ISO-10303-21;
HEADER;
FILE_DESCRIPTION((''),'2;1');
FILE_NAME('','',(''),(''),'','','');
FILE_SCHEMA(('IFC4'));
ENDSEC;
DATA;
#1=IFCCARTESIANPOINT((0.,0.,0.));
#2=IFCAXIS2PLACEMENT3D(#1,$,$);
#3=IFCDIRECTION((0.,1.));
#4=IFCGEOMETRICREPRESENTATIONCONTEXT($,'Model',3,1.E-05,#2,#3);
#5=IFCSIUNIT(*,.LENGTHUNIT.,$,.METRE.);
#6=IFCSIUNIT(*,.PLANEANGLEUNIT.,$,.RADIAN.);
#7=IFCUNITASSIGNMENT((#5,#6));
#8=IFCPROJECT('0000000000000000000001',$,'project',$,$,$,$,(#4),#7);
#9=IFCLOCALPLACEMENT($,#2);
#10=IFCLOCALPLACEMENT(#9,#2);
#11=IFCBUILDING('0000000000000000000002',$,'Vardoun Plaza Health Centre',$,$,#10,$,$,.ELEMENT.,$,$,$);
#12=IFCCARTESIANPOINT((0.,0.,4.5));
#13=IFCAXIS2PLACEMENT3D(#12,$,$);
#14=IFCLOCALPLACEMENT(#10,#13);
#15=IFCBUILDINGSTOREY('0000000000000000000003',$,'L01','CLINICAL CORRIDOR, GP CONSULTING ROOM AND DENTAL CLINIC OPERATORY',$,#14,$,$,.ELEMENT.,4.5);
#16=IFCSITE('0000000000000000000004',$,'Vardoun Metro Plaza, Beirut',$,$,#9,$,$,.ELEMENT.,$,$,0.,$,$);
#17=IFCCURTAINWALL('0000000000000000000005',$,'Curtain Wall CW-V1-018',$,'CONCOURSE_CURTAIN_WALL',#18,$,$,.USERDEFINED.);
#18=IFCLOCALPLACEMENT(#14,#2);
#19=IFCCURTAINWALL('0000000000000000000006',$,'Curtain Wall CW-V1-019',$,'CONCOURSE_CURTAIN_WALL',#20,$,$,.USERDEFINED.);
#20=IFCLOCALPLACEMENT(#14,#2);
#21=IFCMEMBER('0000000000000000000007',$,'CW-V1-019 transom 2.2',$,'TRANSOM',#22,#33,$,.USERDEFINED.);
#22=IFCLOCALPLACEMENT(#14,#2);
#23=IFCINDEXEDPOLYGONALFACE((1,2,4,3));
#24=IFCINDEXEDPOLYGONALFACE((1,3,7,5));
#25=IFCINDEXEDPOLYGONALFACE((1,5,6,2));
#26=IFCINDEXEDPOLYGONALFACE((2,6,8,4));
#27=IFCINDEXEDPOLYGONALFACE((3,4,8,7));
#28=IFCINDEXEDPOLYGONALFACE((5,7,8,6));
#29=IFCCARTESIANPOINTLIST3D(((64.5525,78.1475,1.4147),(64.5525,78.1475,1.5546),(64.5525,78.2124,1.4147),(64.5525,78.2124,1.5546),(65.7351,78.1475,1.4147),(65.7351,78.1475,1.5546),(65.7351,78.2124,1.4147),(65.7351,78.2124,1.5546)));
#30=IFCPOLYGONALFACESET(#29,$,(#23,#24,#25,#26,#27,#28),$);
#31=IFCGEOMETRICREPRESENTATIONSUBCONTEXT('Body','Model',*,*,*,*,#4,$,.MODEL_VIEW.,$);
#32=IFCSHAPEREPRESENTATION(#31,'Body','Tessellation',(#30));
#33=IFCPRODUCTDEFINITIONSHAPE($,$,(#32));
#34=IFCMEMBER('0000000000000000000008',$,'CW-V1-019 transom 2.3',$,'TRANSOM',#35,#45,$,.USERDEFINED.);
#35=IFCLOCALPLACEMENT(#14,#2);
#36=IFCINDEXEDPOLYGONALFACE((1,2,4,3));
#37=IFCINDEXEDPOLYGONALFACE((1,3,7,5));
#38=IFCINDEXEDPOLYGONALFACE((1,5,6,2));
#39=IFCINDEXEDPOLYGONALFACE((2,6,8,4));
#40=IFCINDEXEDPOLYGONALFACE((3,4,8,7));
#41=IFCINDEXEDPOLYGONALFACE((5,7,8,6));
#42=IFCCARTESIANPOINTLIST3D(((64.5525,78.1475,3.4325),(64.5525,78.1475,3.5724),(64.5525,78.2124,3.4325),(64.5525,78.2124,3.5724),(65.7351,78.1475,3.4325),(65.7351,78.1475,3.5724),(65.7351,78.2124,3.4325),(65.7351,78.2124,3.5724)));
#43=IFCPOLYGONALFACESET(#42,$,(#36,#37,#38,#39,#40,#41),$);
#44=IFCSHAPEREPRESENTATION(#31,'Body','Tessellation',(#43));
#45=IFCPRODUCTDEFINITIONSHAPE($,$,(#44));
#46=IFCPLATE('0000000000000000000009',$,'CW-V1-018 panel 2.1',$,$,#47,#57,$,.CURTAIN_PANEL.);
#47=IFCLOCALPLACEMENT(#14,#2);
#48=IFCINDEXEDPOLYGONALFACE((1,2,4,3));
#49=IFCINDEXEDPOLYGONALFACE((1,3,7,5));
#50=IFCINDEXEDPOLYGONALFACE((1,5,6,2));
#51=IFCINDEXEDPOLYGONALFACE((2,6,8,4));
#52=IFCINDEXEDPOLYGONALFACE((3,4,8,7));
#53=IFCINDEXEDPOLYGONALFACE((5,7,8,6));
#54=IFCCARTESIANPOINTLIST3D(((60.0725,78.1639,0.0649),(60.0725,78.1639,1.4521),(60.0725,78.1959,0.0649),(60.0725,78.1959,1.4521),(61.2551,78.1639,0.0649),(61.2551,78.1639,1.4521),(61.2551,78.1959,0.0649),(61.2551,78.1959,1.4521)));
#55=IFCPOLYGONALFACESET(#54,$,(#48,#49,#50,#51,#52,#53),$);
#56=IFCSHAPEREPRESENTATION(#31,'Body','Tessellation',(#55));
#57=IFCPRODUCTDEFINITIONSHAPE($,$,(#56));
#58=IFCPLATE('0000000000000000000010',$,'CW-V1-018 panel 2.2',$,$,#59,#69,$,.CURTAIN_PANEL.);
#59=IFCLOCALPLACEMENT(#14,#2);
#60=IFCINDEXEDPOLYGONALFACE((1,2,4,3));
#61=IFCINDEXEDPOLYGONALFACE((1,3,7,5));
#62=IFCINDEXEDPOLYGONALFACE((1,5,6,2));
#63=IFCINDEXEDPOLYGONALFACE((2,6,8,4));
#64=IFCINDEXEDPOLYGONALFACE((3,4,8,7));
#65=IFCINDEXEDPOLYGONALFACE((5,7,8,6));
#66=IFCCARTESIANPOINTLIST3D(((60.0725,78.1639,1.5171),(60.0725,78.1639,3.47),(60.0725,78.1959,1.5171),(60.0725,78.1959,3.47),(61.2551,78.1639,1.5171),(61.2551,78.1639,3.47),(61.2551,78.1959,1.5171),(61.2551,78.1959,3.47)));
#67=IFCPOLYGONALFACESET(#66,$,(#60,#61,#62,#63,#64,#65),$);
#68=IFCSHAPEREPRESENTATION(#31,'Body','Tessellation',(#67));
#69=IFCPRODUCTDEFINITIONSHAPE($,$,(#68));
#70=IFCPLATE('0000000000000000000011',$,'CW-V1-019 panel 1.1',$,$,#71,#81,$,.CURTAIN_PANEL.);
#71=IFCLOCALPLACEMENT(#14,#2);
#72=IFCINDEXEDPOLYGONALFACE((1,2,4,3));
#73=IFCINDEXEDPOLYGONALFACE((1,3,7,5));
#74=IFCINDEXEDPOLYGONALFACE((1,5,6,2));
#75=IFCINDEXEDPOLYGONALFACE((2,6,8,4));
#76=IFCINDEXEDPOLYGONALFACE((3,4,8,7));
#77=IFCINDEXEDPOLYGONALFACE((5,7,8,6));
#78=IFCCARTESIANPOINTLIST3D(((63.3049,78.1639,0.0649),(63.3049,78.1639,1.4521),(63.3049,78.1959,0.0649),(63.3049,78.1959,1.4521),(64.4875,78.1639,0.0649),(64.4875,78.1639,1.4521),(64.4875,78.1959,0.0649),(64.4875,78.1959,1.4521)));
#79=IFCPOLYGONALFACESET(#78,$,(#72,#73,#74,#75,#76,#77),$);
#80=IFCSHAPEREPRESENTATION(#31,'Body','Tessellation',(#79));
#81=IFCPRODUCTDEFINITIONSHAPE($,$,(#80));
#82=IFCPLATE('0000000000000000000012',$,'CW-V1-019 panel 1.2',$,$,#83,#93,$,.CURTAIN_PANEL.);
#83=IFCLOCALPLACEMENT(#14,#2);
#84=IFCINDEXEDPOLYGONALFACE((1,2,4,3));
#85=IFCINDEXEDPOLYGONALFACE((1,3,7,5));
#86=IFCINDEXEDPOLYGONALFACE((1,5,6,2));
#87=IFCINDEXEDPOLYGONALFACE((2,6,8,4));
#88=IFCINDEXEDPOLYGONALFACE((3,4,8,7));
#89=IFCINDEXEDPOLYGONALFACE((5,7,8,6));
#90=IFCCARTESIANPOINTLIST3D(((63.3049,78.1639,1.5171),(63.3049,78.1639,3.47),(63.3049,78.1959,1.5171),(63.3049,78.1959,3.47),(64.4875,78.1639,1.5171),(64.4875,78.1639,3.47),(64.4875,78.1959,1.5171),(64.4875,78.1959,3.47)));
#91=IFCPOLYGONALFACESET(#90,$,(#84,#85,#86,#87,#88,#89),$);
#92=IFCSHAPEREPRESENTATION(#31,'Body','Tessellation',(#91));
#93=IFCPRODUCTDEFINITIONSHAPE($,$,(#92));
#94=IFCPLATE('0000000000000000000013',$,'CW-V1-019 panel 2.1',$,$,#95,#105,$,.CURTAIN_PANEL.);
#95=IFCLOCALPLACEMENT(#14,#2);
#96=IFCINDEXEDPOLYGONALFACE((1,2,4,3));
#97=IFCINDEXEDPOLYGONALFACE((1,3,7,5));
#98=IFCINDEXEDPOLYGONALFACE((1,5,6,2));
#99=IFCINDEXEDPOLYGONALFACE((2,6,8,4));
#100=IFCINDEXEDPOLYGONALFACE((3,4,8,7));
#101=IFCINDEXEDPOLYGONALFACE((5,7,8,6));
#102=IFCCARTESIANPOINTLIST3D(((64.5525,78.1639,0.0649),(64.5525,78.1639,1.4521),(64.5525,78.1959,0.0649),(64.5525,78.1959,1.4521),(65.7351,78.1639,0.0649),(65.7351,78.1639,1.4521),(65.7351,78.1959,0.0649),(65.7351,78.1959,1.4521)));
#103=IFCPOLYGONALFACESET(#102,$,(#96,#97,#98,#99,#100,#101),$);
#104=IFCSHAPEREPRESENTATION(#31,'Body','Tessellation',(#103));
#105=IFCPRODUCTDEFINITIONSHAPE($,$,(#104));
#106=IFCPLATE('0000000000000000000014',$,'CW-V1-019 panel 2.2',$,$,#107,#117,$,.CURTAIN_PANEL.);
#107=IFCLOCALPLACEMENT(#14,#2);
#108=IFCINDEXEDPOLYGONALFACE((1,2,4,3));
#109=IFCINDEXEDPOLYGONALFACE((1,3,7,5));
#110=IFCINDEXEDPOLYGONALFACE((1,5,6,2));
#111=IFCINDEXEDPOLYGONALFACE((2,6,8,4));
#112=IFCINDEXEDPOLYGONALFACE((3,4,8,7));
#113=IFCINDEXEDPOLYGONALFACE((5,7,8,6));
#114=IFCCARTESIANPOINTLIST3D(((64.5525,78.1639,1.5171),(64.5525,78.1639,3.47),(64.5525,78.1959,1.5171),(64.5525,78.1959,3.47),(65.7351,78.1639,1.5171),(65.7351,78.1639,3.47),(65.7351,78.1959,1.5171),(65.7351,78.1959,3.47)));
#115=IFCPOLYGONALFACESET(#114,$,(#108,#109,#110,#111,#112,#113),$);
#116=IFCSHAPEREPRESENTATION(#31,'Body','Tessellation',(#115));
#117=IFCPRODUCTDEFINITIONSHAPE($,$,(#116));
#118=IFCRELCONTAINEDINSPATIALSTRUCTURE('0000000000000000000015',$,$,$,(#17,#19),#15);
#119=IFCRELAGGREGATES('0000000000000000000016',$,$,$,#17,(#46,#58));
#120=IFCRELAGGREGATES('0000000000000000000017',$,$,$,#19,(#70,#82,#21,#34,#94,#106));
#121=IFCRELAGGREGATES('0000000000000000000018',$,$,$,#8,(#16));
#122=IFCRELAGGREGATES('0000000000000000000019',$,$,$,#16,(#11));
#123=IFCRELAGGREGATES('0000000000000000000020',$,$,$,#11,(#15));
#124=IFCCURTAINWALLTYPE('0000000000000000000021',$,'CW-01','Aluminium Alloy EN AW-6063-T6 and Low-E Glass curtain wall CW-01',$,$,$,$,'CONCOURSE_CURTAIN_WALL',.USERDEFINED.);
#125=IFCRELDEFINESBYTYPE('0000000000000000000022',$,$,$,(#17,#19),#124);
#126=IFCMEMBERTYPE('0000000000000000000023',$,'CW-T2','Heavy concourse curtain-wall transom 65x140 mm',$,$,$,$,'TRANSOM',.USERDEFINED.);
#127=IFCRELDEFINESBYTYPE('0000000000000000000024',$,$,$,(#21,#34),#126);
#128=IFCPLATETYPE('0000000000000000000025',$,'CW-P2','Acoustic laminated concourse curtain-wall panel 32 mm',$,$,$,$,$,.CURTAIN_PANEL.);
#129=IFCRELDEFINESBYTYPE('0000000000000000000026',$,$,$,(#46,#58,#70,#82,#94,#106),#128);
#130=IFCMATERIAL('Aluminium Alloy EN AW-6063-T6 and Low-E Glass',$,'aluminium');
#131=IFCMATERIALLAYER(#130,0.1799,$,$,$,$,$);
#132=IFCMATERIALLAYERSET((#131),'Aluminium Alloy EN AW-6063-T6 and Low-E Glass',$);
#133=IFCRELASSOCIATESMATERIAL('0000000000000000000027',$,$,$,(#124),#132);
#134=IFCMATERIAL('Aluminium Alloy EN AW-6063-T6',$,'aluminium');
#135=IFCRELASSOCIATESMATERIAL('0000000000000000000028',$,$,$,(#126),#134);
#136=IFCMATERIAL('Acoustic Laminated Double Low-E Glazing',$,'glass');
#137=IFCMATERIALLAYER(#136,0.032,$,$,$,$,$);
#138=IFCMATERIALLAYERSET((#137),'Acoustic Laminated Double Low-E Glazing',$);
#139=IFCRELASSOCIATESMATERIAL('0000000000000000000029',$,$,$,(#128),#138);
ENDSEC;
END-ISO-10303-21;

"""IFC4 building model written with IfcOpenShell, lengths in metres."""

from ifc_helpers import new_model, si_unit, direction, frame, origin, origin_2d, place, context, subcontext, project, spatial, rectangle, extrude, material, layer, layer_set, material_profile, profile_set, type_object, element, aggregate, save


model = new_model("IFC4")

# Units and contexts
model_context = context("Model", 3, precision=1e-05, world=origin(), true_north=direction((0.0, 1.0)))
body_context = subcontext(model_context, "Body", "Model", "MODEL_VIEW")
ifc_project = project(units=[si_unit("LENGTHUNIT", "METRE"), si_unit("PLANEANGLEUNIT", "RADIAN")], contexts=[model_context])

# Site, building, storey
site_placement = place(None, origin())
site = spatial("IfcSite", under=ifc_project, at=site_placement, Name="Vardoun Metro Plaza, Beirut", CompositionType="ELEMENT", RefElevation=0.0)
building_placement = place(site_placement, origin())
building = spatial("IfcBuilding", under=site, at=building_placement, Name="Vardoun Plaza Health Centre", CompositionType="ELEMENT")
storey_placement = place(building_placement, frame((0.0, 0.0, 4.5)))
storey = spatial("IfcBuildingStorey", under=building, at=storey_placement, Name="L01", Description="CLINICAL CORRIDOR, GP CONSULTING ROOM AND DENTAL CLINIC OPERATORY", CompositionType="ELEMENT", Elevation=4.5)

# Curtain walls
ifc_material_1 = material(Name="Aluminium Alloy EN AW-6063-T6 and Low-E Glass", Category="aluminium")
ifc_layer_1 = layer(ifc_material_1, 0.1799)
ifc_layer_set_1 = layer_set([ifc_layer_1], Name="Aluminium Alloy EN AW-6063-T6 and Low-E Glass")
curtain_wall_type = type_object("IfcCurtainWallType", Name="CW-01", Description="Aluminium Alloy EN AW-6063-T6 and Low-E Glass curtain wall CW-01", ElementType="CONCOURSE_CURTAIN_WALL", PredefinedType="USERDEFINED", material=ifc_layer_set_1)
curtain_wall_1_placement = place(storey_placement, origin())
curtain_wall_1 = element("IfcCurtainWall", 1, at=curtain_wall_1_placement, inside=storey, type_object=curtain_wall_type, Name="Curtain Wall CW-V1-018", ObjectType="CONCOURSE_CURTAIN_WALL", PredefinedType="USERDEFINED")
curtain_wall_2_placement = place(storey_placement, origin())
curtain_wall_2 = element("IfcCurtainWall", 2, at=curtain_wall_2_placement, inside=storey, type_object=curtain_wall_type, Name="Curtain Wall CW-V1-019", ObjectType="CONCOURSE_CURTAIN_WALL", PredefinedType="USERDEFINED")

# Members
ifc_material_2 = material(Name="Aluminium Alloy EN AW-6063-T6", Category="aluminium")
ifc_material_profile_1 = material_profile(ifc_material_2, rectangle(XDim=0.0649, YDim=0.1399, at=origin_2d()), Name="CWT 65x140")
ifc_profile_set_1 = profile_set([ifc_material_profile_1], Name="Aluminium Alloy EN AW-6063-T6")
member_type_1 = type_object("IfcMemberType", Name="CW-T2", Description="Heavy concourse curtain-wall transom 65x140 mm", ElementType="TRANSOM", PredefinedType="USERDEFINED", material=ifc_profile_set_1)
member_1_placement = place(storey_placement, frame((64.5525, 78.1799, 1.4846), z_axis=(1.0, 0.0, 0.0), x_axis=(0.0, 1.0, 0.0)))
member_1 = element("IfcMember", 3, at=member_1_placement, type_object=member_type_1, Name="CW-V1-019 transom 2.2", ObjectType="TRANSOM", PredefinedType="USERDEFINED", context=body_context, shape_type="SweptSolid", body=[
    extrude(rectangle(XDim=0.0649, YDim=0.1399, at=origin_2d()), origin(), (0.0, 0.0, 1.0), 1.1826),
])
member_2_placement = place(storey_placement, frame((64.5525, 78.1799, 3.5024), z_axis=(1.0, 0.0, 0.0), x_axis=(0.0, 1.0, 0.0)))
member_2 = element("IfcMember", 4, at=member_2_placement, type_object=member_type_1, Name="CW-V1-019 transom 2.3", ObjectType="TRANSOM", PredefinedType="USERDEFINED", context=body_context, shape_type="SweptSolid", body=[
    extrude(rectangle(XDim=0.0649, YDim=0.1399, at=origin_2d()), origin(), (0.0, 0.0, 1.0), 1.1826),
])

# Plates
ifc_material_3 = material(Name="Acoustic Laminated Double Low-E Glazing", Category="glass")
ifc_layer_2 = layer(ifc_material_3, 0.032)
ifc_layer_set_2 = layer_set([ifc_layer_2], Name="Acoustic Laminated Double Low-E Glazing")
plate_type = type_object("IfcPlateType", Name="CW-P2", Description="Acoustic laminated concourse curtain-wall panel 32 mm", PredefinedType="CURTAIN_PANEL", material=ifc_layer_set_2)
plate_1_placement = place(storey_placement, frame((60.6638, 78.1799, 0.0649), z_axis=(0.0, 0.0, 1.0), x_axis=(1.0, 0.0, 0.0)))
plate_1 = element("IfcPlate", 5, at=plate_1_placement, type_object=plate_type, Name="CW-V1-018 panel 2.1", PredefinedType="CURTAIN_PANEL", context=body_context, shape_type="SweptSolid", body=[
    extrude(rectangle(XDim=1.1826, YDim=0.032, at=origin_2d()), origin(), (0.0, 0.0, 1.0), 1.3872),
])
plate_2_placement = place(storey_placement, frame((60.6638, 78.1799, 1.5171), z_axis=(0.0, 0.0, 1.0), x_axis=(1.0, 0.0, 0.0)))
plate_2 = element("IfcPlate", 6, at=plate_2_placement, type_object=plate_type, Name="CW-V1-018 panel 2.2", PredefinedType="CURTAIN_PANEL", context=body_context, shape_type="SweptSolid", body=[
    extrude(rectangle(XDim=1.1826, YDim=0.032, at=origin_2d()), origin(), (0.0, 0.0, 1.0), 1.9529),
])
aggregate(curtain_wall_1, [plate_1, plate_2])
plate_3_placement = place(storey_placement, frame((63.8962, 78.1799, 0.0649), z_axis=(0.0, 0.0, 1.0), x_axis=(1.0, 0.0, 0.0)))
plate_3 = element("IfcPlate", 7, at=plate_3_placement, type_object=plate_type, Name="CW-V1-019 panel 1.1", PredefinedType="CURTAIN_PANEL", context=body_context, shape_type="SweptSolid", body=[
    extrude(rectangle(XDim=1.1826, YDim=0.032, at=origin_2d()), origin(), (0.0, 0.0, 1.0), 1.3872),
])
plate_4_placement = place(storey_placement, frame((63.8962, 78.1799, 1.5171), z_axis=(0.0, 0.0, 1.0), x_axis=(1.0, 0.0, 0.0)))
plate_4 = element("IfcPlate", 8, at=plate_4_placement, type_object=plate_type, Name="CW-V1-019 panel 1.2", PredefinedType="CURTAIN_PANEL", context=body_context, shape_type="SweptSolid", body=[
    extrude(rectangle(XDim=1.1826, YDim=0.032, at=origin_2d()), origin(), (0.0, 0.0, 1.0), 1.9529),
])
plate_5_placement = place(storey_placement, frame((65.1438, 78.1799, 0.0649), z_axis=(0.0, 0.0, 1.0), x_axis=(1.0, 0.0, 0.0)))
plate_5 = element("IfcPlate", 9, at=plate_5_placement, type_object=plate_type, Name="CW-V1-019 panel 2.1", PredefinedType="CURTAIN_PANEL", context=body_context, shape_type="SweptSolid", body=[
    extrude(rectangle(XDim=1.1826, YDim=0.032, at=origin_2d()), origin(), (0.0, 0.0, 1.0), 1.3872),
])
plate_6_placement = place(storey_placement, frame((65.1438, 78.1799, 1.5171), z_axis=(0.0, 0.0, 1.0), x_axis=(1.0, 0.0, 0.0)))
plate_6 = element("IfcPlate", 10, at=plate_6_placement, type_object=plate_type, Name="CW-V1-019 panel 2.2", PredefinedType="CURTAIN_PANEL", context=body_context, shape_type="SweptSolid", body=[
    extrude(rectangle(XDim=1.1826, YDim=0.032, at=origin_2d()), origin(), (0.0, 0.0, 1.0), 1.9529),
])
aggregate(curtain_wall_2, [plate_3, plate_4, member_1, member_2, plate_5, plate_6])

save(model, "model.ifc")
